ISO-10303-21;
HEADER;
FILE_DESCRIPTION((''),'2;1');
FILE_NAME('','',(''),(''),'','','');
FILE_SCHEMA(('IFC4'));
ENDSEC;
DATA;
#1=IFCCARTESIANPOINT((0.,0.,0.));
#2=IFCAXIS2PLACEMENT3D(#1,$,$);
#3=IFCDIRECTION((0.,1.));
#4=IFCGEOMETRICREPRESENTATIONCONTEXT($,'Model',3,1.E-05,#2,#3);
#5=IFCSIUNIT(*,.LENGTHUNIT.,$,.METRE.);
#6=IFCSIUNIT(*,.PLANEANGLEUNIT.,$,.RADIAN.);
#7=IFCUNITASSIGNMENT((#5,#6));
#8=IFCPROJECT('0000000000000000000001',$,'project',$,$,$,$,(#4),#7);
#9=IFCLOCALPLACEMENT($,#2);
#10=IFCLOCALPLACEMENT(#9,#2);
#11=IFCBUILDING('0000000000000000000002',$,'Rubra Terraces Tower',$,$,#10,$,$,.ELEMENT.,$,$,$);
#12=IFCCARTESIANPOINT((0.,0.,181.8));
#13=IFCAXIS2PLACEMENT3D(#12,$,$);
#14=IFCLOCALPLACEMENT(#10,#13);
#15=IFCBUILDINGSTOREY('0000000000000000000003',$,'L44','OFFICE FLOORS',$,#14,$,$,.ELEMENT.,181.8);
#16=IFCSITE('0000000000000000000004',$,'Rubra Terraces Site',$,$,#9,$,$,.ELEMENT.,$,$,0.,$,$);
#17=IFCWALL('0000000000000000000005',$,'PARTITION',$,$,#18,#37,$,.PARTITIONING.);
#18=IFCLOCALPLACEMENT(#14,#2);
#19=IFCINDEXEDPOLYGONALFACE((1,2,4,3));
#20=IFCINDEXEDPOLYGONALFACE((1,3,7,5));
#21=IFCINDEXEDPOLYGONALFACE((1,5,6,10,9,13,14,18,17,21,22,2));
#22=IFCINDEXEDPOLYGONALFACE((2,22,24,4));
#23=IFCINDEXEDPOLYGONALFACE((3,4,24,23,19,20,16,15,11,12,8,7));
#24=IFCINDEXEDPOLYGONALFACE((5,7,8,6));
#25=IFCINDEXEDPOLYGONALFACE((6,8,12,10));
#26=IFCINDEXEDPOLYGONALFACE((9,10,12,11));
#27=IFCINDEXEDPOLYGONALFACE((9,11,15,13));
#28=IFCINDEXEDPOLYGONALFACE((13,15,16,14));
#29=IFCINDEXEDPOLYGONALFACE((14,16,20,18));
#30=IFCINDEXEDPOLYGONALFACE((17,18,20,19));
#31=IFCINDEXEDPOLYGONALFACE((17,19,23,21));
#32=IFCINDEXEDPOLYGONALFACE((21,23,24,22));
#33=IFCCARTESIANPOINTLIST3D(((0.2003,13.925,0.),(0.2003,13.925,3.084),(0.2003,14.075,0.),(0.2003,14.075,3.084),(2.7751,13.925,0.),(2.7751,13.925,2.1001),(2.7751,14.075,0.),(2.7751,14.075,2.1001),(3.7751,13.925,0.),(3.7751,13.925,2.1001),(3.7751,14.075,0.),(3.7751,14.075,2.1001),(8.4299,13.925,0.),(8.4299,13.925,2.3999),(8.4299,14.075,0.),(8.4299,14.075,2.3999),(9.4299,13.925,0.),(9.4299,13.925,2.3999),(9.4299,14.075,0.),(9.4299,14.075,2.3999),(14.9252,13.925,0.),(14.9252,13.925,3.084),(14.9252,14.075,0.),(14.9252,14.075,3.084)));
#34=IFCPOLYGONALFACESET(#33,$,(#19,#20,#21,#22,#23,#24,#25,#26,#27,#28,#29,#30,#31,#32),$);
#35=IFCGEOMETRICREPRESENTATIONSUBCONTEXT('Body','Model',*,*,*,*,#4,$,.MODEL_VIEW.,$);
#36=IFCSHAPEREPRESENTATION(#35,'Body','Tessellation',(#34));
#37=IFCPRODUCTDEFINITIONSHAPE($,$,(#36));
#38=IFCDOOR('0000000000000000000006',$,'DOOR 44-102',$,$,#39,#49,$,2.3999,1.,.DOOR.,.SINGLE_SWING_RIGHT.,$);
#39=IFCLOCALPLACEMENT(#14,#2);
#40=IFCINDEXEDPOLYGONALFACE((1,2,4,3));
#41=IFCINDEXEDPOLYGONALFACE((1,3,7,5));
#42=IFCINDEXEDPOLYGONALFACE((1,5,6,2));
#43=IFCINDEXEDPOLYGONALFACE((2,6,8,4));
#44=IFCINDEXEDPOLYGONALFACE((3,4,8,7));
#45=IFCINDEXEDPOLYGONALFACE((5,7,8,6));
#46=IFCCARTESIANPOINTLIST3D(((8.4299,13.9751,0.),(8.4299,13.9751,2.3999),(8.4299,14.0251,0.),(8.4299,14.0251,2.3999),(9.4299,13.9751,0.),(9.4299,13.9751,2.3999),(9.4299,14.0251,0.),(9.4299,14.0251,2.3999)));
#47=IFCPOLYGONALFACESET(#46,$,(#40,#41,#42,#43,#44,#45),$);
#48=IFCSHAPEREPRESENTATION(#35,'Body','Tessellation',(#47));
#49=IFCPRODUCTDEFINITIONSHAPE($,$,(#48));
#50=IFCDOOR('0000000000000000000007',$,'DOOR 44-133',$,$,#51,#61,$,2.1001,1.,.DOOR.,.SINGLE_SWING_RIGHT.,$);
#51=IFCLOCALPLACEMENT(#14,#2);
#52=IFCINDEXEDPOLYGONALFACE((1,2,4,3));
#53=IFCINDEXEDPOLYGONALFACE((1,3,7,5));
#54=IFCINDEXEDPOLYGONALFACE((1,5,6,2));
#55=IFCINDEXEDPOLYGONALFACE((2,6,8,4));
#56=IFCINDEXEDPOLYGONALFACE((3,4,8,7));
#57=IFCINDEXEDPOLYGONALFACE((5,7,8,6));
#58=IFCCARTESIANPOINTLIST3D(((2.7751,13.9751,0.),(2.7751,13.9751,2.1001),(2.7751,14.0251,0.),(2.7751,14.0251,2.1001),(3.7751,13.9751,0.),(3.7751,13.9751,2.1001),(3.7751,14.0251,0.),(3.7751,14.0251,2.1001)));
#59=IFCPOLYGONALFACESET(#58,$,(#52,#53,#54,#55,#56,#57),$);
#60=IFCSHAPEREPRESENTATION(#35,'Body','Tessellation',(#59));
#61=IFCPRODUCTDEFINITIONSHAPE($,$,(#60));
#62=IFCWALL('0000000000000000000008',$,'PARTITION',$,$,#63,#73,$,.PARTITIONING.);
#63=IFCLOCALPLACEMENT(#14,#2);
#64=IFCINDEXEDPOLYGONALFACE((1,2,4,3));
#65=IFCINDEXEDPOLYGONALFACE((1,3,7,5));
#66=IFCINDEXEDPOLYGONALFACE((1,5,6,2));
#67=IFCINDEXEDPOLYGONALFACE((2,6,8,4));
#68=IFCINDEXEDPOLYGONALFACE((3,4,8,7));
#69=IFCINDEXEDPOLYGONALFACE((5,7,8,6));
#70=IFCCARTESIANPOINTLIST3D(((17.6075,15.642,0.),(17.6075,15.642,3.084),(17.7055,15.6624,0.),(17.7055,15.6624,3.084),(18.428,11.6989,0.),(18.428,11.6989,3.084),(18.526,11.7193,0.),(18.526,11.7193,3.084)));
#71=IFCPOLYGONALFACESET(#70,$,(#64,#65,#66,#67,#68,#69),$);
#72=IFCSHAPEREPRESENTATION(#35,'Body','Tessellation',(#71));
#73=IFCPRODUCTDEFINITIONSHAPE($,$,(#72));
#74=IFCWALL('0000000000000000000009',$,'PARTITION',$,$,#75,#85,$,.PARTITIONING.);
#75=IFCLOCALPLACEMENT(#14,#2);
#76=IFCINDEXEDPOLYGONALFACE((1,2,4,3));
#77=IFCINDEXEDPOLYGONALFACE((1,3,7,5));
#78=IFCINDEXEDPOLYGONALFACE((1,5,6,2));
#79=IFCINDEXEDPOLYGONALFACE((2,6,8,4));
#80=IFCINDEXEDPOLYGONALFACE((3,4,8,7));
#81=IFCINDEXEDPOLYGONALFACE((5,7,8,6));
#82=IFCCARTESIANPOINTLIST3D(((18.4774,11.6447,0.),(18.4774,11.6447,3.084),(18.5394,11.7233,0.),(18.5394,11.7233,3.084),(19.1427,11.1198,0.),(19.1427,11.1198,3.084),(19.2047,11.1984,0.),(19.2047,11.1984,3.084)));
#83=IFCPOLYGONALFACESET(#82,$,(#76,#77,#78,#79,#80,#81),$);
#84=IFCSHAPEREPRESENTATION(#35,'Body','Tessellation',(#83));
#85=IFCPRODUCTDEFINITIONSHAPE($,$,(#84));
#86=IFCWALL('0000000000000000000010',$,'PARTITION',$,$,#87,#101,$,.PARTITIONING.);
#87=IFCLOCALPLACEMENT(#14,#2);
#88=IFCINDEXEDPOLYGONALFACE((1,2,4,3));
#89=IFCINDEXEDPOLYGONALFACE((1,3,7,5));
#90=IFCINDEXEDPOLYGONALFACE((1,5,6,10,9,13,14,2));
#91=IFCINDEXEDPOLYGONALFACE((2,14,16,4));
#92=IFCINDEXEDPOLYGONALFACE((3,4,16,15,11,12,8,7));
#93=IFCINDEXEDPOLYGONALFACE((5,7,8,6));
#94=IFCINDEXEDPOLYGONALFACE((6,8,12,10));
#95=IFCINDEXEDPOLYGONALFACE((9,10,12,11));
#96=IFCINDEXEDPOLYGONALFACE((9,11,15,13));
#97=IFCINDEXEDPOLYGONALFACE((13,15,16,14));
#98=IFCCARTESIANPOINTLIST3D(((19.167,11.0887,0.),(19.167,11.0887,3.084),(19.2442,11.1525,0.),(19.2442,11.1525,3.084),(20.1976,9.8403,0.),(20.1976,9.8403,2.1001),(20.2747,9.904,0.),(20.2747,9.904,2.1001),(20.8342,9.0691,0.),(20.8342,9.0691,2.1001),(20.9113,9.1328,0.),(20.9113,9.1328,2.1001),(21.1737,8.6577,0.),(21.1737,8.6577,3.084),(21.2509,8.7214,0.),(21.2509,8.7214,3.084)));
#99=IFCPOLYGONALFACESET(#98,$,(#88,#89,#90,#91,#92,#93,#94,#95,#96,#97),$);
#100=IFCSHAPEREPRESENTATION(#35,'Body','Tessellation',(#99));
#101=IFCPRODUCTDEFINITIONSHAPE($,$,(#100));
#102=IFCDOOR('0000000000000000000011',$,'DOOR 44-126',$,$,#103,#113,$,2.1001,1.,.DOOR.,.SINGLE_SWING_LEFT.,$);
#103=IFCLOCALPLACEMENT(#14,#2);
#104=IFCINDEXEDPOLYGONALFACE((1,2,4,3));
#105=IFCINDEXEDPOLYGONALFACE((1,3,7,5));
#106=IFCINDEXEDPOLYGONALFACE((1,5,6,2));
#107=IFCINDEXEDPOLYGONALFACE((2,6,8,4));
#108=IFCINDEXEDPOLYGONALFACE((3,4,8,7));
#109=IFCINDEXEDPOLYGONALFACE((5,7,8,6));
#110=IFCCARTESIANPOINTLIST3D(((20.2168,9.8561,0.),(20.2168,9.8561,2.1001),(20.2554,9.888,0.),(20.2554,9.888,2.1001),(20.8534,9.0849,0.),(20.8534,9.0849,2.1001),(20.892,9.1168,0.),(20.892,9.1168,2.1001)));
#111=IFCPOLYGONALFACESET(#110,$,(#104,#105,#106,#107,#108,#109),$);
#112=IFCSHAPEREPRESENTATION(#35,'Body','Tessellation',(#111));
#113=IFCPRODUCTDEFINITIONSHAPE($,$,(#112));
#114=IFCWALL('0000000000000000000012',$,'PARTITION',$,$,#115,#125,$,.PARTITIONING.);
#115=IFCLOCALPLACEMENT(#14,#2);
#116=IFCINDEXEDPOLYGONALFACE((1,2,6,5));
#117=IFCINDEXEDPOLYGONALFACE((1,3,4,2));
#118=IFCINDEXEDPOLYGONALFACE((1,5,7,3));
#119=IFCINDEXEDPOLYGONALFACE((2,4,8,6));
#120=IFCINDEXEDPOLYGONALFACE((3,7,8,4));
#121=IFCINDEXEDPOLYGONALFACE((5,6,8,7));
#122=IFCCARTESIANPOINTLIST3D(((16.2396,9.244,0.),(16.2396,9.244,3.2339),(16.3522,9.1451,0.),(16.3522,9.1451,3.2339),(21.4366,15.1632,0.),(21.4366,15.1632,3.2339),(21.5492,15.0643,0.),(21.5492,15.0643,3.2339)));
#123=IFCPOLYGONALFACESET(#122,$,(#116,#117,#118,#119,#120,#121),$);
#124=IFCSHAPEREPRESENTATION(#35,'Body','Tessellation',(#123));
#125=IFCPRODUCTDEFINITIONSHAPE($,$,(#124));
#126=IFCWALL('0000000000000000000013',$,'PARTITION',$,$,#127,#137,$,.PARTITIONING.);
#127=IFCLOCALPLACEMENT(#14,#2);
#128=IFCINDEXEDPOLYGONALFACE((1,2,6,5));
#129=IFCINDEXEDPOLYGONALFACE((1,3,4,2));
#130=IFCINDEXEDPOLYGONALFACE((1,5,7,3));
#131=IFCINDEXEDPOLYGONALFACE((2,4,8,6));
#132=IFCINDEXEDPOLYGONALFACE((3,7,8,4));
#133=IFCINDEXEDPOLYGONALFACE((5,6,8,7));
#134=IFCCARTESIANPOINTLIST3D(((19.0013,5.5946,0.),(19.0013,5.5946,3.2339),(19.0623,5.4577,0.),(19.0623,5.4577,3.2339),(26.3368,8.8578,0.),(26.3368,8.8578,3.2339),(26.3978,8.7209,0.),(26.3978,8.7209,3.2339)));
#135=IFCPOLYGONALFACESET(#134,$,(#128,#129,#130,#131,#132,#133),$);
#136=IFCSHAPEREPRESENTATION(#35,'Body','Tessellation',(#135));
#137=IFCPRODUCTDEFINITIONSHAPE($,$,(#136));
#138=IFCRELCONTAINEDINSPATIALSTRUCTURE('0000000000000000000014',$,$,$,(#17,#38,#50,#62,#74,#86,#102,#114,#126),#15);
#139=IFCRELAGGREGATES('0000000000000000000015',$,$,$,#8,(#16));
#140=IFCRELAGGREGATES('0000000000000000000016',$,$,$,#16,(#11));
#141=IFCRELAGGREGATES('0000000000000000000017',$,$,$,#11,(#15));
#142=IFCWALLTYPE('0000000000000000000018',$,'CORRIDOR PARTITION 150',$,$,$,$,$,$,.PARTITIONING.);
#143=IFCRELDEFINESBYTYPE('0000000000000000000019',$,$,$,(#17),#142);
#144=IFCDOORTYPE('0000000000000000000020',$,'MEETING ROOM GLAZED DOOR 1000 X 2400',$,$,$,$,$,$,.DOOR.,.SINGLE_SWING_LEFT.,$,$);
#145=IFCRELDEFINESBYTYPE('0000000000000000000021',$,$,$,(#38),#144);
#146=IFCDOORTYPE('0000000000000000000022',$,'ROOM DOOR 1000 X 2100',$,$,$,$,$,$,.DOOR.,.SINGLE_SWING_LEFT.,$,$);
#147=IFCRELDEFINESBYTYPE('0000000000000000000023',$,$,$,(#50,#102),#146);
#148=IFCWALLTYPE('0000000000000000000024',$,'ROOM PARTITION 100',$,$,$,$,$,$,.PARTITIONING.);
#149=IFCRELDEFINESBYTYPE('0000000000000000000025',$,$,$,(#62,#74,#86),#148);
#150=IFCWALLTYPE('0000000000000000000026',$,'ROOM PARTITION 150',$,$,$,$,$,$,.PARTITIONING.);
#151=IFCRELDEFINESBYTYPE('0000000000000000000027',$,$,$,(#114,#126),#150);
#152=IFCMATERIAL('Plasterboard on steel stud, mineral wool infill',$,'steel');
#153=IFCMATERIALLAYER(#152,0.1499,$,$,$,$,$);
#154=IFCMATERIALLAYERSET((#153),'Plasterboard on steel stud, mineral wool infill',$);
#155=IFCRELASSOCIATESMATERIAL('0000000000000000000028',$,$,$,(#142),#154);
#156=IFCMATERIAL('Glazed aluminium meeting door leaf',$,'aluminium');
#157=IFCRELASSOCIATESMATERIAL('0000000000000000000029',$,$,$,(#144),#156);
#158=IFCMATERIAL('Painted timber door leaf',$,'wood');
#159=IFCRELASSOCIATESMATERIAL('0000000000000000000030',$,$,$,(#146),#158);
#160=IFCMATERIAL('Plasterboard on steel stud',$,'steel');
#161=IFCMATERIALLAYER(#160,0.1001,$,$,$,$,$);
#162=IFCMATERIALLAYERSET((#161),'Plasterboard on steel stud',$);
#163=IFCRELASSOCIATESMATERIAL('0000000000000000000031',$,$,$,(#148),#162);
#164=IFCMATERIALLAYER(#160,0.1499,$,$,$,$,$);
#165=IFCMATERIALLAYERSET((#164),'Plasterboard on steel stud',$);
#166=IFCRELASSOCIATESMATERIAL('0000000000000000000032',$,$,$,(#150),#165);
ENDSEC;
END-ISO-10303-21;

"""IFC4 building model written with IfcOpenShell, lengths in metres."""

from ifc_helpers import new_model, si_unit, direction, frame, frame_2d, origin, place, context, subcontext, project, spatial, rectangle, extrude, material, layer, layer_set, type_object, element, fill, save


model = new_model("IFC4")

# Units and contexts
model_context = context("Model", 3, precision=1e-05, world=origin(), true_north=direction((0.0, 1.0)))
body_context = subcontext(model_context, "Body", "Model", "MODEL_VIEW")
ifc_project = project(units=[si_unit("LENGTHUNIT", "METRE"), si_unit("PLANEANGLEUNIT", "RADIAN")], contexts=[model_context])

# Site, building, storey
site_placement = place(None, origin())
site = spatial("IfcSite", under=ifc_project, at=site_placement, Name="Rubra Terraces Site", CompositionType="ELEMENT", RefElevation=0.0)
building_placement = place(site_placement, origin())
building = spatial("IfcBuilding", under=site, at=building_placement, Name="Rubra Terraces Tower", CompositionType="ELEMENT")
storey_placement = place(building_placement, frame((0.0, 0.0, 181.8)))
storey = spatial("IfcBuildingStorey", under=building, at=storey_placement, Name="L44", Description="OFFICE FLOORS", CompositionType="ELEMENT", Elevation=181.8)

# Shared definitions
ifc_material_1 = material(Name="Plasterboard on steel stud, mineral wool infill", Category="steel")
ifc_layer_1 = layer(ifc_material_1, 0.1499)
ifc_layer_set_1 = layer_set([ifc_layer_1], Name="Plasterboard on steel stud, mineral wool infill")
wall_type_1 = type_object("IfcWallType", Name="CORRIDOR PARTITION 150", PredefinedType="PARTITIONING", material=ifc_layer_set_1)

# Wall, openings, doors
wall_1_placement = place(storey_placement, frame((14.925, 14.0, 0.0), z_axis=(0.0, 0.0, 1.0), x_axis=(-1.0, 0.0, 0.0)))
wall_1 = element("IfcWall", 1, at=wall_1_placement, inside=storey, type_object=wall_type_1, Name="PARTITION", PredefinedType="PARTITIONING", context=body_context, shape_type="SweptSolid", body=[
    extrude(rectangle(XDim=14.7249, YDim=0.1499, at=frame_2d((7.3623, 0.0))), origin(), (0.0, 0.0, 1.0), 3.084),
])
opening_1_placement = place(wall_1_placement, frame((5.4951, 0.0, 0.0)))
opening_1 = element("IfcOpeningElement", 2, at=opening_1_placement, cuts=wall_1, PredefinedType="OPENING", context=body_context, shape_type="SweptSolid", body=[
    extrude(rectangle(XDim=1.0, YDim=2.3999, at=frame_2d((0.5, 1.2))), frame((0.0, 0.085, 0.0), z_axis=(0.0, -1.0, 0.0), x_axis=(1.0, 0.0, 0.0)), (0.0, 0.0, 1.0), 0.1699),
])
opening_2_placement = place(wall_1_placement, frame((11.1499, 0.0, 0.0)))
opening_2 = element("IfcOpeningElement", 3, at=opening_2_placement, cuts=wall_1, PredefinedType="OPENING", context=body_context, shape_type="SweptSolid", body=[
    extrude(rectangle(XDim=1.0, YDim=2.1001, at=frame_2d((0.5, 1.05))), frame((0.0, 0.085, 0.0), z_axis=(0.0, -1.0, 0.0), x_axis=(1.0, 0.0, 0.0)), (0.0, 0.0, 1.0), 0.1699),
])
ifc_material_2 = material(Name="Glazed aluminium meeting door leaf", Category="aluminium")
door_type_1 = type_object("IfcDoorType", Name="MEETING ROOM GLAZED DOOR 1000 X 2400", OperationType="SINGLE_SWING_LEFT", PredefinedType="DOOR", material=ifc_material_2)
door_1_placement = place(opening_1_placement, origin())
door_1 = element("IfcDoor", 4, at=door_1_placement, inside=storey, type_object=door_type_1, Name="DOOR 44-102", OperationType="SINGLE_SWING_RIGHT", OverallHeight=2.3999, OverallWidth=1.0, PredefinedType="DOOR", context=body_context, shape_type="SweptSolid", body=[
    extrude(rectangle(XDim=1.0, YDim=2.3999, at=frame_2d((0.5, 1.2))), frame((0.0, 0.0249, 0.0), z_axis=(0.0, -1.0, 0.0), x_axis=(1.0, 0.0, 0.0)), (0.0, 0.0, 1.0), 0.05),
])
fill(opening_1, door_1)
ifc_material_3 = material(Name="Painted timber door leaf", Category="wood")
door_type_2 = type_object("IfcDoorType", Name="ROOM DOOR 1000 X 2100", OperationType="SINGLE_SWING_LEFT", PredefinedType="DOOR", material=ifc_material_3)
door_2_placement = place(opening_2_placement, origin())
door_2 = element("IfcDoor", 5, at=door_2_placement, inside=storey, type_object=door_type_2, Name="DOOR 44-133", OperationType="SINGLE_SWING_RIGHT", OverallHeight=2.1001, OverallWidth=1.0, PredefinedType="DOOR", context=body_context, shape_type="SweptSolid", body=[
    extrude(rectangle(XDim=1.0, YDim=2.1001, at=frame_2d((0.5, 1.05))), frame((0.0, 0.0249, 0.0), z_axis=(0.0, -1.0, 0.0), x_axis=(1.0, 0.0, 0.0)), (0.0, 0.0, 1.0), 0.05),
])
fill(opening_2, door_2)

# Walls
ifc_material_4 = material(Name="Plasterboard on steel stud", Category="steel")
ifc_layer_2 = layer(ifc_material_4, 0.1001)
ifc_layer_set_2 = layer_set([ifc_layer_2], Name="Plasterboard on steel stud")
wall_type_2 = type_object("IfcWallType", Name="ROOM PARTITION 100", PredefinedType="PARTITIONING", material=ifc_layer_set_2)
wall_2_placement = place(storey_placement, frame((17.6565, 15.6521, 0.0), z_axis=(0.0, 0.0, 1.0), x_axis=(0.203734, -0.979026, 0.0)))
element("IfcWall", 6, at=wall_2_placement, inside=storey, type_object=wall_type_2, Name="PARTITION", PredefinedType="PARTITIONING", context=body_context, shape_type="SweptSolid", body=[
    extrude(rectangle(XDim=4.0276, YDim=0.1001, at=frame_2d((2.0137, 0.0))), origin(), (0.0, 0.0, 1.0), 3.084),
])
wall_3_placement = place(storey_placement, frame((18.5083, 11.6841, 0.0), z_axis=(0.0, 0.0, 1.0), x_axis=(0.785067, -0.619411, 0.0)))
element("IfcWall", 7, at=wall_3_placement, inside=storey, type_object=wall_type_2, Name="PARTITION", PredefinedType="PARTITIONING", context=body_context, shape_type="SweptSolid", body=[
    extrude(rectangle(XDim=0.8474, YDim=0.1001, at=frame_2d((0.4238, 0.0))), origin(), (0.0, 0.0, 1.0), 3.084),
])

# Wall, opening, door
wall_4_placement = place(storey_placement, frame((19.2056, 11.1206, 0.0), z_axis=(0.0, 0.0, 1.0), x_axis=(0.636597, -0.771196, 0.0)))
wall_4 = element("IfcWall", 8, at=wall_4_placement, inside=storey, type_object=wall_type_2, Name="PARTITION", PredefinedType="PARTITIONING", context=body_context, shape_type="SweptSolid", body=[
    extrude(rectangle(XDim=3.1523, YDim=0.1001, at=frame_2d((1.5762, 0.0))), origin(), (0.0, 0.0, 1.0), 3.084),
])
opening_3_placement = place(wall_4_placement, frame((1.6189, 0.0, 0.0)))
opening_3 = element("IfcOpeningElement", 9, at=opening_3_placement, cuts=wall_4, PredefinedType="OPENING", context=body_context, shape_type="SweptSolid", body=[
    extrude(rectangle(XDim=1.0, YDim=2.1001, at=frame_2d((0.5, 1.05))), frame((0.0, 0.0601, 0.0), z_axis=(0.0, -1.0, 0.0), x_axis=(1.0, 0.0, 0.0)), (0.0, 0.0, 1.0), 0.1201),
])
door_3_placement = place(opening_3_placement, origin())
door_3 = element("IfcDoor", 10, at=door_3_placement, inside=storey, type_object=door_type_2, Name="DOOR 44-126", OperationType="SINGLE_SWING_LEFT", OverallHeight=2.1001, OverallWidth=1.0, PredefinedType="DOOR", context=body_context, shape_type="SweptSolid", body=[
    extrude(rectangle(XDim=1.0, YDim=2.1001, at=frame_2d((0.5, 1.05))), frame((0.0, 0.0249, 0.0), z_axis=(0.0, -1.0, 0.0), x_axis=(1.0, 0.0, 0.0)), (0.0, 0.0, 1.0), 0.05),
])
fill(opening_3, door_3)

# Walls
ifc_layer_3 = layer(ifc_material_4, 0.1499)
ifc_layer_set_3 = layer_set([ifc_layer_3], Name="Plasterboard on steel stud")
wall_type_3 = type_object("IfcWallType", Name="ROOM PARTITION 150", PredefinedType="PARTITIONING", material=ifc_layer_set_3)
wall_5_placement = place(storey_placement, frame((21.4929, 15.1138, 0.0), z_axis=(0.0, 0.0, 1.0), x_axis=(-0.659779, -0.75146, 0.0)))
element("IfcWall", 11, at=wall_5_placement, inside=storey, type_object=wall_type_3, Name="PARTITION", PredefinedType="PARTITIONING", context=body_context, shape_type="SweptSolid", body=[
    extrude(rectangle(XDim=7.877, YDim=0.1499, at=frame_2d((3.9385, 0.0))), origin(), (0.0, 0.0, 1.0), 3.2339),
])
wall_6_placement = place(storey_placement, frame((26.3672, 8.7893, 0.0), z_axis=(0.0, 0.0, 1.0), x_axis=(-0.913674, -0.406449, 0.0)))
element("IfcWall", 12, at=wall_6_placement, inside=storey, type_object=wall_type_3, Name="PARTITION", PredefinedType="PARTITIONING", context=body_context, shape_type="SweptSolid", body=[
    extrude(rectangle(XDim=8.0286, YDim=0.1499, at=frame_2d((4.0142, 0.0))), origin(), (0.0, 0.0, 1.0), 3.2339),
])

save(model, "model.ifc")
